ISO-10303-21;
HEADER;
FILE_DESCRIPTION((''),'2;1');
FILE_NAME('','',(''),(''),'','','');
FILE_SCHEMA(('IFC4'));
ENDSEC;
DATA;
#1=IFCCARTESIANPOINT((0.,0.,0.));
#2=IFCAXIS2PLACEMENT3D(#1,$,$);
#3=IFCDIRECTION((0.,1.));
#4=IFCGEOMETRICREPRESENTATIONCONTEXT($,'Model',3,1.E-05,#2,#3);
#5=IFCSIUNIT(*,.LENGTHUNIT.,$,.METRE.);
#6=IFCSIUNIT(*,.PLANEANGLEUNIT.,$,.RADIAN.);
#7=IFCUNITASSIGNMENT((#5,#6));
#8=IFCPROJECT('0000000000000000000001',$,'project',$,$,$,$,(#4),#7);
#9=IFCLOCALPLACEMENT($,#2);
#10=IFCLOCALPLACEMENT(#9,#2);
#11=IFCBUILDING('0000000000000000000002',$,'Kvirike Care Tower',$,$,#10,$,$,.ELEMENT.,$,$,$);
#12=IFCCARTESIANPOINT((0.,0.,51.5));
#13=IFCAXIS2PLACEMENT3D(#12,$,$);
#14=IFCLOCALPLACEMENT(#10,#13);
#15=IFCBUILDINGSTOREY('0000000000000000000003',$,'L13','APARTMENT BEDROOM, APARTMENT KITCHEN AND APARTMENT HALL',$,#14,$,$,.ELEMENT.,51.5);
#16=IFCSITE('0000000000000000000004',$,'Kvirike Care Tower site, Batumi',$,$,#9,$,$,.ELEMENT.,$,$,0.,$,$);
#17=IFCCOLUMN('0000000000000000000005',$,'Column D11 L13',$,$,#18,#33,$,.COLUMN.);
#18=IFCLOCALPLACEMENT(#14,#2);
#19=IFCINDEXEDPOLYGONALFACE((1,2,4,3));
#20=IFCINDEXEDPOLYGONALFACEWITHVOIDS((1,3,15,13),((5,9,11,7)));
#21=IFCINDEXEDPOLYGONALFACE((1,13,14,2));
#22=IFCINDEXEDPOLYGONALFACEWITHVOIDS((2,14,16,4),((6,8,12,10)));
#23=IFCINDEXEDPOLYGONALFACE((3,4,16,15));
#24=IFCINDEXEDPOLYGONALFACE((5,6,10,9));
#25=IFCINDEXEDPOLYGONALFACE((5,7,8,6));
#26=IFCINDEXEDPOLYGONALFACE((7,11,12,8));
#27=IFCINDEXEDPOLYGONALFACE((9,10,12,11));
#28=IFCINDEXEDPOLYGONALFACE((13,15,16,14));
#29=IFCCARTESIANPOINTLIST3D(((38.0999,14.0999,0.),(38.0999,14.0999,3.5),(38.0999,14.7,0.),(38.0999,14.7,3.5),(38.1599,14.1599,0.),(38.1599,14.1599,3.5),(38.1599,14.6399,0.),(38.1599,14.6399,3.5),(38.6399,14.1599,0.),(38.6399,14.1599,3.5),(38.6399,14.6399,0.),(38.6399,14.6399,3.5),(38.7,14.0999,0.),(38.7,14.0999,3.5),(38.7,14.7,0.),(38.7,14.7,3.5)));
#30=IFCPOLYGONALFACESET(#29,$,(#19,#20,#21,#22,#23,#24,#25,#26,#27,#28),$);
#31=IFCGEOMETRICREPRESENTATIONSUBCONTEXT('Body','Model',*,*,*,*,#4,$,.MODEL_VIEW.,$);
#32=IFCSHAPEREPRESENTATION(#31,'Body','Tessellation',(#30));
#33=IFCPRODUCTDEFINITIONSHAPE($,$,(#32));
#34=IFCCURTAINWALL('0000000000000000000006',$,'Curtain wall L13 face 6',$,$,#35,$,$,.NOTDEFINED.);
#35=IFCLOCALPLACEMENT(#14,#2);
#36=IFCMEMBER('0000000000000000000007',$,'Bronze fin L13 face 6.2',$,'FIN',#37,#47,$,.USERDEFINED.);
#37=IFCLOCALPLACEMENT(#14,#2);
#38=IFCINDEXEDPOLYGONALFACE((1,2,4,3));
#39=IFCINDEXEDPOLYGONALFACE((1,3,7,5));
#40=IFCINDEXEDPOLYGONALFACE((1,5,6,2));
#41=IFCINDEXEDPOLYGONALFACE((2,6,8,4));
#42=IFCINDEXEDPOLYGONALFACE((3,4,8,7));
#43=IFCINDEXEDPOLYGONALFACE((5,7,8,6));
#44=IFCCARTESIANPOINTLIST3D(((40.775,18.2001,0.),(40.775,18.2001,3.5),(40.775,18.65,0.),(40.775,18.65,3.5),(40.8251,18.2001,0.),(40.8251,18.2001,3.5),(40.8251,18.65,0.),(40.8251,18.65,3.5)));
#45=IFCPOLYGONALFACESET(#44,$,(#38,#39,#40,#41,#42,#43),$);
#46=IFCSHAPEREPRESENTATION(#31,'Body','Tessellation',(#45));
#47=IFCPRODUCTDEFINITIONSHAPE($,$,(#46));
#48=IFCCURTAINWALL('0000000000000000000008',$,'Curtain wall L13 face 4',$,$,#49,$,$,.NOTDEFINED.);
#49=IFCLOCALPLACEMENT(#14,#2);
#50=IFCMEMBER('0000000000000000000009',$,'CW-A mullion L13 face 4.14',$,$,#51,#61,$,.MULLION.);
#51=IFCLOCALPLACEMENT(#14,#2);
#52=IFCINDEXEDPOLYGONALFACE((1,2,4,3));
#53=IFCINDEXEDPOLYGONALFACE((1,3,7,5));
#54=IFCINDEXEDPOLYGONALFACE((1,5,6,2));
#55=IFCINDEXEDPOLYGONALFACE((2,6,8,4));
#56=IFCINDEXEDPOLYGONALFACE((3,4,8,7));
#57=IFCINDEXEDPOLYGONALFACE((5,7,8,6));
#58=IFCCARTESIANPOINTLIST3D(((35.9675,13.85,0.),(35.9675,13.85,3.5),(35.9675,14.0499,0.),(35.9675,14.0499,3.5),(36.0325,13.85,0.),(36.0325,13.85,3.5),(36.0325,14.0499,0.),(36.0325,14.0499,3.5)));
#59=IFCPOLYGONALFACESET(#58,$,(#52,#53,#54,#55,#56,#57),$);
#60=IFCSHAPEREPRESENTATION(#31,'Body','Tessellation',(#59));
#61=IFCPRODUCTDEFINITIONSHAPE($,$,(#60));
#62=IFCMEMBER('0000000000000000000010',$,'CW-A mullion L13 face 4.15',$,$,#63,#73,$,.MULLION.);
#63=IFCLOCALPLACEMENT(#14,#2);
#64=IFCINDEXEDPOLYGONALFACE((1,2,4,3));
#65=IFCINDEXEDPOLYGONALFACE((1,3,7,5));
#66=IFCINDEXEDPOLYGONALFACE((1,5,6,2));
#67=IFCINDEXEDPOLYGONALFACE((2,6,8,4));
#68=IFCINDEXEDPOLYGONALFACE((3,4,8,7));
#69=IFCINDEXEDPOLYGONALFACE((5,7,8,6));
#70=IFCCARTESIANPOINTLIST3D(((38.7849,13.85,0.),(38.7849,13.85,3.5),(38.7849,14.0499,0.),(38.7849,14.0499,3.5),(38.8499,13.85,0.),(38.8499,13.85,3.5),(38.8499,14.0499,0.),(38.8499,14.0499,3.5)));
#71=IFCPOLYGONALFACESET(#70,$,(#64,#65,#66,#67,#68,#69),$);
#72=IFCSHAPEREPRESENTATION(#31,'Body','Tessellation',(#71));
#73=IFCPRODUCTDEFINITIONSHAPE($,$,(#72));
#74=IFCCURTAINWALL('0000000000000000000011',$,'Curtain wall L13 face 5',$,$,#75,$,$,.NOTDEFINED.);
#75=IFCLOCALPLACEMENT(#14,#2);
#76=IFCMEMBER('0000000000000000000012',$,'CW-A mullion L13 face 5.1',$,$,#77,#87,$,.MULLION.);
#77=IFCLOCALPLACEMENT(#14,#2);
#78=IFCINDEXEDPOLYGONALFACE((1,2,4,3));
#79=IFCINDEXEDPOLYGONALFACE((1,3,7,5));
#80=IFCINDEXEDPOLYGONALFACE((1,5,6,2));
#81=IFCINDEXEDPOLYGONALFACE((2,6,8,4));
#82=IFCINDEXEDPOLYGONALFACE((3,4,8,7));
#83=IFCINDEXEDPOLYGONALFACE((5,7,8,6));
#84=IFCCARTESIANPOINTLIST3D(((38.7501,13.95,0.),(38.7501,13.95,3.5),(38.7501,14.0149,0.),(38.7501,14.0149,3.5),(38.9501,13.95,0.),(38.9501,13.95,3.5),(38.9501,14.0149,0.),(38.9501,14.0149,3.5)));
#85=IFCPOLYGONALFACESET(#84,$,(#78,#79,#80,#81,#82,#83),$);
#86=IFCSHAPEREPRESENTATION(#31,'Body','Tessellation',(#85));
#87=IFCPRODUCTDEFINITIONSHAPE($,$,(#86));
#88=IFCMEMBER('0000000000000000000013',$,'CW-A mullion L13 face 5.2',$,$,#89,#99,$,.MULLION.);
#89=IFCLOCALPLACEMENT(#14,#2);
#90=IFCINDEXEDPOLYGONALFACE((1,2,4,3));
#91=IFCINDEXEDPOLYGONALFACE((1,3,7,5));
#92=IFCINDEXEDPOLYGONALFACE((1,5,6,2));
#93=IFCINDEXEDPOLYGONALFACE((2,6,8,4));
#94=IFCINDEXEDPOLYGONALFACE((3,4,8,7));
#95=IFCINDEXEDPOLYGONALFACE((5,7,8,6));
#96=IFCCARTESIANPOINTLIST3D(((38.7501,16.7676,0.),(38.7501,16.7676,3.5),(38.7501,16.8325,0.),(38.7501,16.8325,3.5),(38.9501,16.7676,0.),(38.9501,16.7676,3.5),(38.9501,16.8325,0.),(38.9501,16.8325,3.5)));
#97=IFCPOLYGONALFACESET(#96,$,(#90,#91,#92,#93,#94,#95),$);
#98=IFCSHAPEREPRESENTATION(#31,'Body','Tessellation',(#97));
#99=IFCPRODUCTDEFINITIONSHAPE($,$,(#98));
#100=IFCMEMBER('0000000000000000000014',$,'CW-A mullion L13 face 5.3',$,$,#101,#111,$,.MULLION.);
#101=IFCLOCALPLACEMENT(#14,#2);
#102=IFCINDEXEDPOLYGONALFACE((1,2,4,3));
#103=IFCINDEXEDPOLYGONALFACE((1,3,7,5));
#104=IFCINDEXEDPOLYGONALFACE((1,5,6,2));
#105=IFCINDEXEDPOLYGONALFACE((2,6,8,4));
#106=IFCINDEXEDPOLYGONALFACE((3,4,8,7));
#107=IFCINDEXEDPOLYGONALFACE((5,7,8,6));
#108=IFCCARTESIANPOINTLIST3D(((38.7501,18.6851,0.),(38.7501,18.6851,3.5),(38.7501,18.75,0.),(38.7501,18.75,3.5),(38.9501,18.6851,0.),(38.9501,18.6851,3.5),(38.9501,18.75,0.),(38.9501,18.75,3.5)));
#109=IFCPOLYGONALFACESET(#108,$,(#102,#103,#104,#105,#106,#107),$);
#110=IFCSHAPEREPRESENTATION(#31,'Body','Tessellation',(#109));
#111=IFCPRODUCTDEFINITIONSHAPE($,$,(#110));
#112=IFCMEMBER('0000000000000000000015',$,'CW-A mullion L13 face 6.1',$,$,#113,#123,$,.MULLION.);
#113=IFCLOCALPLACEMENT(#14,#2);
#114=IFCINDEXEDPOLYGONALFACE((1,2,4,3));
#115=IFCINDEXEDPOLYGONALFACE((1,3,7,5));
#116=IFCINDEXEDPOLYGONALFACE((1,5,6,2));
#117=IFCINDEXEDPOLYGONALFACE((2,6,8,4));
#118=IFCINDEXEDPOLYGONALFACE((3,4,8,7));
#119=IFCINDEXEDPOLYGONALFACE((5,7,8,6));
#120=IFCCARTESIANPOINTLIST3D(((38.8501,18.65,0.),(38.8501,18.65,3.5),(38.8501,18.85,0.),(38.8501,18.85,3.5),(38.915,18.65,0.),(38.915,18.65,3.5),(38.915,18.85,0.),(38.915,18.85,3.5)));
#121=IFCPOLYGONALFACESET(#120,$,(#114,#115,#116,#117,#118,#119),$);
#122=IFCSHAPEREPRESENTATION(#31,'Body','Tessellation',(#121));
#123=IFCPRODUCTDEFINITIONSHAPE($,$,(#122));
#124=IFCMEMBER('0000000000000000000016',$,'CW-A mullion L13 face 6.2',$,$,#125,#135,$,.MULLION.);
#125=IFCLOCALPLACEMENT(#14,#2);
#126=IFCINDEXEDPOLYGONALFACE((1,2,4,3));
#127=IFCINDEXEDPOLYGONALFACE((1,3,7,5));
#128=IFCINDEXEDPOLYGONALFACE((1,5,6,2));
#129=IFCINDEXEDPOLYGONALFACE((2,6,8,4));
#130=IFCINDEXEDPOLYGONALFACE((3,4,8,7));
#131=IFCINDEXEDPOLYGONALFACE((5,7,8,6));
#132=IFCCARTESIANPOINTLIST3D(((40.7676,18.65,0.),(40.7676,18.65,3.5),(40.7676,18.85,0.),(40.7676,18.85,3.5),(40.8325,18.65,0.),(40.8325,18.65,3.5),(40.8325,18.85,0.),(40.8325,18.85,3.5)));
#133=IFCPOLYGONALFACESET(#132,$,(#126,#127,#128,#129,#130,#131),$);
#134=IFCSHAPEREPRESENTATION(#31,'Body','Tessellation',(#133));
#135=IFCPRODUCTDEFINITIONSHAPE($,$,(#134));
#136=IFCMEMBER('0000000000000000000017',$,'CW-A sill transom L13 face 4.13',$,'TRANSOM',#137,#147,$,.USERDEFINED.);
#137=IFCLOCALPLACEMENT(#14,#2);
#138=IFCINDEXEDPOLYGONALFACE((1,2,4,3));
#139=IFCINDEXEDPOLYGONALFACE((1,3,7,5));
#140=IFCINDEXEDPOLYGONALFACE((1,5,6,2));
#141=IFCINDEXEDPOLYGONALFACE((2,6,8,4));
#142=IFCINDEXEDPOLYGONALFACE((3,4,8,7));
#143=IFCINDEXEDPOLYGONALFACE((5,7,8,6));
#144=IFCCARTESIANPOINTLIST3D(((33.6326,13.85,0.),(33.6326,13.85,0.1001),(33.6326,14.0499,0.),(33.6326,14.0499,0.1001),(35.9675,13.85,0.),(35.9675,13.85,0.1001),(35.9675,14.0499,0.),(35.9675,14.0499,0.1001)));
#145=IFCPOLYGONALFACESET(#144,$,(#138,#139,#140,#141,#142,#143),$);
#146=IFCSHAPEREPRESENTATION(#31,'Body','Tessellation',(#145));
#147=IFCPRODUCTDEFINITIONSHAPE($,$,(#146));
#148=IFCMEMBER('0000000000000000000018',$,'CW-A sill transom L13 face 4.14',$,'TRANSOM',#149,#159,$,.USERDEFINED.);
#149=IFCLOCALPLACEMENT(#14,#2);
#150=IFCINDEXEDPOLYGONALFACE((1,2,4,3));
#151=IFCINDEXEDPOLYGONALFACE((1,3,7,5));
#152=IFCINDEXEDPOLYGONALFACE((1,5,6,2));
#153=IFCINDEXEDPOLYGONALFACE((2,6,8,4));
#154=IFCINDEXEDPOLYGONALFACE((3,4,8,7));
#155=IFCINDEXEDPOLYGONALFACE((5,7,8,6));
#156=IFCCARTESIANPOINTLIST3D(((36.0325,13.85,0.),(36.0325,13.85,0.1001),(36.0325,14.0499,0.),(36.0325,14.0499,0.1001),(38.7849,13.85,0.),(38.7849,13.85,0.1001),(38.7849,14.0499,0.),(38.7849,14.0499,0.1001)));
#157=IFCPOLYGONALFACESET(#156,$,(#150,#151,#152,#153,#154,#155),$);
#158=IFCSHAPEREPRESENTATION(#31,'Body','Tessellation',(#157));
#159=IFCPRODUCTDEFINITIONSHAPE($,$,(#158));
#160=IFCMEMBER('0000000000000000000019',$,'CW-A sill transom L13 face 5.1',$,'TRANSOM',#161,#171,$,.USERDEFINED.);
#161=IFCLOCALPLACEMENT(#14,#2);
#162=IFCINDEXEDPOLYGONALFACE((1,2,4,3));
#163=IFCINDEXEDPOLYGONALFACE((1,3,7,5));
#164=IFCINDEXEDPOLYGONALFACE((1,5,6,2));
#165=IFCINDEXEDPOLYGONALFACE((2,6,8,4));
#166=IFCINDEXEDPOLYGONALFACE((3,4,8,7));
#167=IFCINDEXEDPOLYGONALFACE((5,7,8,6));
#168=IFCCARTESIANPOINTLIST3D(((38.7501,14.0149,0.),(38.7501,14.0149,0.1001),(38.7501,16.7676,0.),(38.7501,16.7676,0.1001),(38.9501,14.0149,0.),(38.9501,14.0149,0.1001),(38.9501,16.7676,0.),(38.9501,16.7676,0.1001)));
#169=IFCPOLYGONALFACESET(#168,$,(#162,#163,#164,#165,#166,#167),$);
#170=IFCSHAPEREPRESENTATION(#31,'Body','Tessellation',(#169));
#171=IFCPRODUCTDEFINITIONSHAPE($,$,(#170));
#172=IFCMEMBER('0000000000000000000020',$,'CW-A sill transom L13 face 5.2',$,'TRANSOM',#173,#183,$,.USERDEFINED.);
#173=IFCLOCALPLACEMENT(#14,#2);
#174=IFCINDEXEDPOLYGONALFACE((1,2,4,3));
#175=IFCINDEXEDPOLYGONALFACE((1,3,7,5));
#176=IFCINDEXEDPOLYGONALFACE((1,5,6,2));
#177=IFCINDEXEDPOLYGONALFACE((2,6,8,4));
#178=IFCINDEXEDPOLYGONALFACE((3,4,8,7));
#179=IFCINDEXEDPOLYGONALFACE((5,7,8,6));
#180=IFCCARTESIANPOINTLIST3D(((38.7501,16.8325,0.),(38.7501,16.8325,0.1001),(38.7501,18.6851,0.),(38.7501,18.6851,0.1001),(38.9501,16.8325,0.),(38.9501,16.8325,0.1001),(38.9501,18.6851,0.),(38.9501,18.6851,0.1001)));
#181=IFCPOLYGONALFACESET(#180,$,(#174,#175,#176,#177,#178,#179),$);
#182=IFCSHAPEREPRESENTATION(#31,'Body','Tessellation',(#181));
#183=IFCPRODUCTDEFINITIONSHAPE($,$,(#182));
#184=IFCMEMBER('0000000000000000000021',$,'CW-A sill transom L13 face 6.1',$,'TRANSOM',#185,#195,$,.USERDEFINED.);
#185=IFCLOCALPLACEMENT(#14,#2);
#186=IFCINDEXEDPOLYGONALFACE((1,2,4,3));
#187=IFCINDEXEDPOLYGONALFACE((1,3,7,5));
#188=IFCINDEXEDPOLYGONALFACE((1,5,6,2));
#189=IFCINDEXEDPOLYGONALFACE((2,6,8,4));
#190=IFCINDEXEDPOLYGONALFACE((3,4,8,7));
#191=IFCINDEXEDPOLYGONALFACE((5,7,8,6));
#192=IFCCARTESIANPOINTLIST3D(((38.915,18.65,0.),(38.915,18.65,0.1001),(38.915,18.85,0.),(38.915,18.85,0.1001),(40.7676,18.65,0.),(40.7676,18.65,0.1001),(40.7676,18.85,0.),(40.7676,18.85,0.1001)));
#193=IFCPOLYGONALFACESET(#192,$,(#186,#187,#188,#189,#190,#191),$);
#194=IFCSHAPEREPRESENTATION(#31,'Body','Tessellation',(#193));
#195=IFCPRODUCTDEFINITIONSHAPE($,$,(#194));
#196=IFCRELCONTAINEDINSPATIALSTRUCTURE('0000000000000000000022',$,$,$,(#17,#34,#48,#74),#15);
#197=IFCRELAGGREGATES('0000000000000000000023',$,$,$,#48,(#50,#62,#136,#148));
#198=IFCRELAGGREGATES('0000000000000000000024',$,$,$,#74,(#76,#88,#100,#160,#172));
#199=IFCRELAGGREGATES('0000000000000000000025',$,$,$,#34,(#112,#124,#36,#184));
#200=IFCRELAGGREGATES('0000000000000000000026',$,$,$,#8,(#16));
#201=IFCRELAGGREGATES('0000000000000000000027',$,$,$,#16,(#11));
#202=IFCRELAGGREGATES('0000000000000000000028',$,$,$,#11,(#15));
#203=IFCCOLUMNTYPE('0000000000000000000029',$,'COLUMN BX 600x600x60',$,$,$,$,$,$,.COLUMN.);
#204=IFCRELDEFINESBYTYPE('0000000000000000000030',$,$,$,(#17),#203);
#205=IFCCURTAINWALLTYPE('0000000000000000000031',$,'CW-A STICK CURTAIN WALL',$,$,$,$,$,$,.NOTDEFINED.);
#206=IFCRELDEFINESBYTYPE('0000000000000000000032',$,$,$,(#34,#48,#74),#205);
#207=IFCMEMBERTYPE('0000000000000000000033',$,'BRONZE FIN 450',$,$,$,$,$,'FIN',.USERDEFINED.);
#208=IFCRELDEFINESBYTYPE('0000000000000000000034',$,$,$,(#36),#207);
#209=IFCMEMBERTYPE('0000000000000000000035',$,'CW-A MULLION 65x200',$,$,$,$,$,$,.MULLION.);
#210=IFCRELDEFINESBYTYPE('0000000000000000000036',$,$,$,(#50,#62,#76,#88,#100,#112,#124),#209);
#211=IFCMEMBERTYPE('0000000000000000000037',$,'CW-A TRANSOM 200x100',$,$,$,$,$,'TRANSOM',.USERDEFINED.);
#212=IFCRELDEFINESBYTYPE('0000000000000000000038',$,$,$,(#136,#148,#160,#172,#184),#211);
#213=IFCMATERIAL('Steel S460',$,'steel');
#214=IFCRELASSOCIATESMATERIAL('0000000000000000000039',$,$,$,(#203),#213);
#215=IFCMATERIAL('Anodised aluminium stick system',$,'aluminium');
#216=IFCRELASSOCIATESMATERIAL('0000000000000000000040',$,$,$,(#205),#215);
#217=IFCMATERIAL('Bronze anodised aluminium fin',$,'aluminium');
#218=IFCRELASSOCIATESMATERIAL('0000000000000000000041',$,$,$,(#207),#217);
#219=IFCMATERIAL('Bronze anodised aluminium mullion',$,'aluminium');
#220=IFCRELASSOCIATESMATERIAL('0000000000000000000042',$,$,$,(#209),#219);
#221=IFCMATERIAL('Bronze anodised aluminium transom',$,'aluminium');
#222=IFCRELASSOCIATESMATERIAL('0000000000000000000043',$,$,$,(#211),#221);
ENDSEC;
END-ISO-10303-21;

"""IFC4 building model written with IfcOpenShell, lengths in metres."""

from ifc_helpers import new_model, si_unit, direction, frame, origin, origin_2d, place, context, subcontext, project, spatial, rectangle, hollow_rectangle, extrude, material, material_profile, profile_set, type_object, element, aggregate, save


model = new_model("IFC4")

# Units and contexts
model_context = context("Model", 3, precision=1e-05, world=origin(), true_north=direction((0.0, 1.0)))
body_context = subcontext(model_context, "Body", "Model", "MODEL_VIEW")
ifc_project = project(units=[si_unit("LENGTHUNIT", "METRE"), si_unit("PLANEANGLEUNIT", "RADIAN")], contexts=[model_context])

# Site, building, storey
site_placement = place(None, origin())
site = spatial("IfcSite", under=ifc_project, at=site_placement, Name="Kvirike Care Tower site, Batumi", CompositionType="ELEMENT", RefElevation=0.0)
building_placement = place(site_placement, origin())
building = spatial("IfcBuilding", under=site, at=building_placement, Name="Kvirike Care Tower", CompositionType="ELEMENT")
storey_placement = place(building_placement, frame((0.0, 0.0, 51.5)))
storey = spatial("IfcBuildingStorey", under=building, at=storey_placement, Name="L13", Description="APARTMENT BEDROOM, APARTMENT KITCHEN AND APARTMENT HALL", CompositionType="ELEMENT", Elevation=51.5)

# Column
ifc_material_1 = material(Name="Steel S460", Category="steel")
ifc_material_profile_1 = material_profile(ifc_material_1, hollow_rectangle(XDim=0.6001, YDim=0.6001, WallThickness=0.0601, at=origin_2d()), Name="BX 600x600x60")
ifc_profile_set_1 = profile_set([ifc_material_profile_1], Name="Steel S460")
column_type = type_object("IfcColumnType", Name="COLUMN BX 600x600x60", PredefinedType="COLUMN", material=ifc_profile_set_1)
column_placement = place(storey_placement, frame((38.3999, 14.3999, 0.0), z_axis=(0.0, 0.0, 1.0), x_axis=(0.0, 1.0, 0.0)))
element("IfcColumn", 1, at=column_placement, inside=storey, type_object=column_type, Name="Column D11 L13", PredefinedType="COLUMN", context=body_context, shape_type="SweptSolid", body=[
    extrude(hollow_rectangle(XDim=0.6001, YDim=0.6001, WallThickness=0.0601, at=origin_2d()), origin(), (0.0, 0.0, 1.0), 3.5),
])

# Curtain wall, member
ifc_material_2 = material(Name="Anodised aluminium stick system", Category="aluminium")
curtain_wall_type = type_object("IfcCurtainWallType", Name="CW-A STICK CURTAIN WALL", PredefinedType="NOTDEFINED", material=ifc_material_2)
curtain_wall_1_placement = place(storey_placement, origin())
curtain_wall_1 = element("IfcCurtainWall", 2, at=curtain_wall_1_placement, inside=storey, type_object=curtain_wall_type, Name="Curtain wall L13 face 6", PredefinedType="NOTDEFINED")
ifc_material_3 = material(Name="Bronze anodised aluminium fin", Category="aluminium")
ifc_material_profile_2 = material_profile(ifc_material_3, rectangle(XDim=0.05, YDim=0.45, at=origin_2d()), Name="BRONZE FIN 450")
ifc_profile_set_2 = profile_set([ifc_material_profile_2], Name="Bronze anodised aluminium fin")
member_type_1 = type_object("IfcMemberType", Name="BRONZE FIN 450", ElementType="FIN", PredefinedType="USERDEFINED", material=ifc_profile_set_2)
member_1_placement = place(storey_placement, frame((40.8, 18.425, 0.0), z_axis=(0.0, 0.0, 1.0), x_axis=(1.0, 0.0, 0.0)))
member_1 = element("IfcMember", 3, at=member_1_placement, type_object=member_type_1, Name="Bronze fin L13 face 6.2", ObjectType="FIN", PredefinedType="USERDEFINED", context=body_context, shape_type="SweptSolid", body=[
    extrude(rectangle(XDim=0.05, YDim=0.45, at=origin_2d()), origin(), (0.0, 0.0, 1.0), 3.5),
])

# Curtain walls, members
curtain_wall_2_placement = place(storey_placement, origin())
curtain_wall_2 = element("IfcCurtainWall", 4, at=curtain_wall_2_placement, inside=storey, type_object=curtain_wall_type, Name="Curtain wall L13 face 4", PredefinedType="NOTDEFINED")
ifc_material_4 = material(Name="Bronze anodised aluminium mullion", Category="aluminium")
ifc_material_profile_3 = material_profile(ifc_material_4, rectangle(XDim=0.0649, YDim=0.2, at=origin_2d()), Name="CW-A MULLION 65x200")
ifc_profile_set_3 = profile_set([ifc_material_profile_3], Name="Bronze anodised aluminium mullion")
member_type_2 = type_object("IfcMemberType", Name="CW-A MULLION 65x200", PredefinedType="MULLION", material=ifc_profile_set_3)
member_2_placement = place(storey_placement, frame((36.0, 13.95, 0.0), z_axis=(0.0, 0.0, 1.0), x_axis=(1.0, 0.0, 0.0)))
member_2 = element("IfcMember", 5, at=member_2_placement, type_object=member_type_2, Name="CW-A mullion L13 face 4.14", PredefinedType="MULLION", context=body_context, shape_type="SweptSolid", body=[
    extrude(rectangle(XDim=0.0649, YDim=0.2, at=origin_2d()), origin(), (0.0, 0.0, 1.0), 3.5),
])
member_3_placement = place(storey_placement, frame((38.8174, 13.95, 0.0), z_axis=(0.0, 0.0, 1.0), x_axis=(1.0, 0.0, 0.0)))
member_3 = element("IfcMember", 6, at=member_3_placement, type_object=member_type_2, Name="CW-A mullion L13 face 4.15", PredefinedType="MULLION", context=body_context, shape_type="SweptSolid", body=[
    extrude(rectangle(XDim=0.0649, YDim=0.2, at=origin_2d()), origin(), (0.0, 0.0, 1.0), 3.5),
])
curtain_wall_3_placement = place(storey_placement, origin())
curtain_wall_3 = element("IfcCurtainWall", 7, at=curtain_wall_3_placement, inside=storey, type_object=curtain_wall_type, Name="Curtain wall L13 face 5", PredefinedType="NOTDEFINED")
member_4_placement = place(storey_placement, frame((38.8501, 13.9824, 0.0), z_axis=(0.0, 0.0, 1.0), x_axis=(0.0, 1.0, 0.0)))
member_4 = element("IfcMember", 8, at=member_4_placement, type_object=member_type_2, Name="CW-A mullion L13 face 5.1", PredefinedType="MULLION", context=body_context, shape_type="SweptSolid", body=[
    extrude(rectangle(XDim=0.0649, YDim=0.2, at=origin_2d()), origin(), (0.0, 0.0, 1.0), 3.5),
])
member_5_placement = place(storey_placement, frame((38.8501, 16.8, 0.0), z_axis=(0.0, 0.0, 1.0), x_axis=(0.0, 1.0, 0.0)))
member_5 = element("IfcMember", 9, at=member_5_placement, type_object=member_type_2, Name="CW-A mullion L13 face 5.2", PredefinedType="MULLION", context=body_context, shape_type="SweptSolid", body=[
    extrude(rectangle(XDim=0.0649, YDim=0.2, at=origin_2d()), origin(), (0.0, 0.0, 1.0), 3.5),
])
member_6_placement = place(storey_placement, frame((38.8501, 18.7175, 0.0), z_axis=(0.0, 0.0, 1.0), x_axis=(0.0, 1.0, 0.0)))
member_6 = element("IfcMember", 10, at=member_6_placement, type_object=member_type_2, Name="CW-A mullion L13 face 5.3", PredefinedType="MULLION", context=body_context, shape_type="SweptSolid", body=[
    extrude(rectangle(XDim=0.0649, YDim=0.2, at=origin_2d()), origin(), (0.0, 0.0, 1.0), 3.5),
])

# Members
member_7_placement = place(storey_placement, frame((38.8826, 18.75, 0.0), z_axis=(0.0, 0.0, 1.0), x_axis=(1.0, 0.0, 0.0)))
member_7 = element("IfcMember", 11, at=member_7_placement, type_object=member_type_2, Name="CW-A mullion L13 face 6.1", PredefinedType="MULLION", context=body_context, shape_type="SweptSolid", body=[
    extrude(rectangle(XDim=0.0649, YDim=0.2, at=origin_2d()), origin(), (0.0, 0.0, 1.0), 3.5),
])
member_8_placement = place(storey_placement, frame((40.8, 18.75, 0.0), z_axis=(0.0, 0.0, 1.0), x_axis=(1.0, 0.0, 0.0)))
member_8 = element("IfcMember", 12, at=member_8_placement, type_object=member_type_2, Name="CW-A mullion L13 face 6.2", PredefinedType="MULLION", context=body_context, shape_type="SweptSolid", body=[
    extrude(rectangle(XDim=0.0649, YDim=0.2, at=origin_2d()), origin(), (0.0, 0.0, 1.0), 3.5),
])
ifc_material_5 = material(Name="Bronze anodised aluminium transom", Category="aluminium")
ifc_material_profile_4 = material_profile(ifc_material_5, rectangle(XDim=0.2, YDim=0.1001, at=origin_2d()), Name="CW-A TRANSOM 200x100")
ifc_profile_set_4 = profile_set([ifc_material_profile_4], Name="Bronze anodised aluminium transom")
member_type_3 = type_object("IfcMemberType", Name="CW-A TRANSOM 200x100", ElementType="TRANSOM", PredefinedType="USERDEFINED", material=ifc_profile_set_4)
member_9_placement = place(storey_placement, frame((33.6326, 13.95, 0.05), z_axis=(1.0, 0.0, 0.0), x_axis=(0.0, 1.0, 0.0)))
member_9 = element("IfcMember", 13, at=member_9_placement, type_object=member_type_3, Name="CW-A sill transom L13 face 4.13", ObjectType="TRANSOM", PredefinedType="USERDEFINED", context=body_context, shape_type="SweptSolid", body=[
    extrude(rectangle(XDim=0.2, YDim=0.1001, at=origin_2d()), origin(), (0.0, 0.0, 1.0), 2.335),
])
member_10_placement = place(storey_placement, frame((36.0325, 13.95, 0.05), z_axis=(1.0, 0.0, 0.0), x_axis=(0.0, 1.0, 0.0)))
member_10 = element("IfcMember", 14, at=member_10_placement, type_object=member_type_3, Name="CW-A sill transom L13 face 4.14", ObjectType="TRANSOM", PredefinedType="USERDEFINED", context=body_context, shape_type="SweptSolid", body=[
    extrude(rectangle(XDim=0.2, YDim=0.1001, at=origin_2d()), origin(), (0.0, 0.0, 1.0), 2.7524),
])
member_11_placement = place(storey_placement, frame((38.8501, 14.0149, 0.05), z_axis=(0.0, 1.0, 0.0), x_axis=(-1.0, 0.0, 0.0)))
member_11 = element("IfcMember", 15, at=member_11_placement, type_object=member_type_3, Name="CW-A sill transom L13 face 5.1", ObjectType="TRANSOM", PredefinedType="USERDEFINED", context=body_context, shape_type="SweptSolid", body=[
    extrude(rectangle(XDim=0.2, YDim=0.1001, at=origin_2d()), origin(), (0.0, 0.0, 1.0), 2.7527),
])
member_12_placement = place(storey_placement, frame((38.8501, 16.8325, 0.05), z_axis=(0.0, 1.0, 0.0), x_axis=(-1.0, 0.0, 0.0)))
member_12 = element("IfcMember", 16, at=member_12_placement, type_object=member_type_3, Name="CW-A sill transom L13 face 5.2", ObjectType="TRANSOM", PredefinedType="USERDEFINED", context=body_context, shape_type="SweptSolid", body=[
    extrude(rectangle(XDim=0.2, YDim=0.1001, at=origin_2d()), origin(), (0.0, 0.0, 1.0), 1.8525),
])
member_13_placement = place(storey_placement, frame((38.915, 18.75, 0.05), z_axis=(1.0, 0.0, 0.0), x_axis=(0.0, 1.0, 0.0)))
member_13 = element("IfcMember", 17, at=member_13_placement, type_object=member_type_3, Name="CW-A sill transom L13 face 6.1", ObjectType="TRANSOM", PredefinedType="USERDEFINED", context=body_context, shape_type="SweptSolid", body=[
    extrude(rectangle(XDim=0.2, YDim=0.1001, at=origin_2d()), origin(), (0.0, 0.0, 1.0), 1.8525),
])

aggregate(curtain_wall_2, [member_2, member_3, member_9, member_10])
aggregate(curtain_wall_3, [member_4, member_5, member_6, member_11, member_12])
aggregate(curtain_wall_1, [member_7, member_8, member_1, member_13])

save(model, "model.ifc")
